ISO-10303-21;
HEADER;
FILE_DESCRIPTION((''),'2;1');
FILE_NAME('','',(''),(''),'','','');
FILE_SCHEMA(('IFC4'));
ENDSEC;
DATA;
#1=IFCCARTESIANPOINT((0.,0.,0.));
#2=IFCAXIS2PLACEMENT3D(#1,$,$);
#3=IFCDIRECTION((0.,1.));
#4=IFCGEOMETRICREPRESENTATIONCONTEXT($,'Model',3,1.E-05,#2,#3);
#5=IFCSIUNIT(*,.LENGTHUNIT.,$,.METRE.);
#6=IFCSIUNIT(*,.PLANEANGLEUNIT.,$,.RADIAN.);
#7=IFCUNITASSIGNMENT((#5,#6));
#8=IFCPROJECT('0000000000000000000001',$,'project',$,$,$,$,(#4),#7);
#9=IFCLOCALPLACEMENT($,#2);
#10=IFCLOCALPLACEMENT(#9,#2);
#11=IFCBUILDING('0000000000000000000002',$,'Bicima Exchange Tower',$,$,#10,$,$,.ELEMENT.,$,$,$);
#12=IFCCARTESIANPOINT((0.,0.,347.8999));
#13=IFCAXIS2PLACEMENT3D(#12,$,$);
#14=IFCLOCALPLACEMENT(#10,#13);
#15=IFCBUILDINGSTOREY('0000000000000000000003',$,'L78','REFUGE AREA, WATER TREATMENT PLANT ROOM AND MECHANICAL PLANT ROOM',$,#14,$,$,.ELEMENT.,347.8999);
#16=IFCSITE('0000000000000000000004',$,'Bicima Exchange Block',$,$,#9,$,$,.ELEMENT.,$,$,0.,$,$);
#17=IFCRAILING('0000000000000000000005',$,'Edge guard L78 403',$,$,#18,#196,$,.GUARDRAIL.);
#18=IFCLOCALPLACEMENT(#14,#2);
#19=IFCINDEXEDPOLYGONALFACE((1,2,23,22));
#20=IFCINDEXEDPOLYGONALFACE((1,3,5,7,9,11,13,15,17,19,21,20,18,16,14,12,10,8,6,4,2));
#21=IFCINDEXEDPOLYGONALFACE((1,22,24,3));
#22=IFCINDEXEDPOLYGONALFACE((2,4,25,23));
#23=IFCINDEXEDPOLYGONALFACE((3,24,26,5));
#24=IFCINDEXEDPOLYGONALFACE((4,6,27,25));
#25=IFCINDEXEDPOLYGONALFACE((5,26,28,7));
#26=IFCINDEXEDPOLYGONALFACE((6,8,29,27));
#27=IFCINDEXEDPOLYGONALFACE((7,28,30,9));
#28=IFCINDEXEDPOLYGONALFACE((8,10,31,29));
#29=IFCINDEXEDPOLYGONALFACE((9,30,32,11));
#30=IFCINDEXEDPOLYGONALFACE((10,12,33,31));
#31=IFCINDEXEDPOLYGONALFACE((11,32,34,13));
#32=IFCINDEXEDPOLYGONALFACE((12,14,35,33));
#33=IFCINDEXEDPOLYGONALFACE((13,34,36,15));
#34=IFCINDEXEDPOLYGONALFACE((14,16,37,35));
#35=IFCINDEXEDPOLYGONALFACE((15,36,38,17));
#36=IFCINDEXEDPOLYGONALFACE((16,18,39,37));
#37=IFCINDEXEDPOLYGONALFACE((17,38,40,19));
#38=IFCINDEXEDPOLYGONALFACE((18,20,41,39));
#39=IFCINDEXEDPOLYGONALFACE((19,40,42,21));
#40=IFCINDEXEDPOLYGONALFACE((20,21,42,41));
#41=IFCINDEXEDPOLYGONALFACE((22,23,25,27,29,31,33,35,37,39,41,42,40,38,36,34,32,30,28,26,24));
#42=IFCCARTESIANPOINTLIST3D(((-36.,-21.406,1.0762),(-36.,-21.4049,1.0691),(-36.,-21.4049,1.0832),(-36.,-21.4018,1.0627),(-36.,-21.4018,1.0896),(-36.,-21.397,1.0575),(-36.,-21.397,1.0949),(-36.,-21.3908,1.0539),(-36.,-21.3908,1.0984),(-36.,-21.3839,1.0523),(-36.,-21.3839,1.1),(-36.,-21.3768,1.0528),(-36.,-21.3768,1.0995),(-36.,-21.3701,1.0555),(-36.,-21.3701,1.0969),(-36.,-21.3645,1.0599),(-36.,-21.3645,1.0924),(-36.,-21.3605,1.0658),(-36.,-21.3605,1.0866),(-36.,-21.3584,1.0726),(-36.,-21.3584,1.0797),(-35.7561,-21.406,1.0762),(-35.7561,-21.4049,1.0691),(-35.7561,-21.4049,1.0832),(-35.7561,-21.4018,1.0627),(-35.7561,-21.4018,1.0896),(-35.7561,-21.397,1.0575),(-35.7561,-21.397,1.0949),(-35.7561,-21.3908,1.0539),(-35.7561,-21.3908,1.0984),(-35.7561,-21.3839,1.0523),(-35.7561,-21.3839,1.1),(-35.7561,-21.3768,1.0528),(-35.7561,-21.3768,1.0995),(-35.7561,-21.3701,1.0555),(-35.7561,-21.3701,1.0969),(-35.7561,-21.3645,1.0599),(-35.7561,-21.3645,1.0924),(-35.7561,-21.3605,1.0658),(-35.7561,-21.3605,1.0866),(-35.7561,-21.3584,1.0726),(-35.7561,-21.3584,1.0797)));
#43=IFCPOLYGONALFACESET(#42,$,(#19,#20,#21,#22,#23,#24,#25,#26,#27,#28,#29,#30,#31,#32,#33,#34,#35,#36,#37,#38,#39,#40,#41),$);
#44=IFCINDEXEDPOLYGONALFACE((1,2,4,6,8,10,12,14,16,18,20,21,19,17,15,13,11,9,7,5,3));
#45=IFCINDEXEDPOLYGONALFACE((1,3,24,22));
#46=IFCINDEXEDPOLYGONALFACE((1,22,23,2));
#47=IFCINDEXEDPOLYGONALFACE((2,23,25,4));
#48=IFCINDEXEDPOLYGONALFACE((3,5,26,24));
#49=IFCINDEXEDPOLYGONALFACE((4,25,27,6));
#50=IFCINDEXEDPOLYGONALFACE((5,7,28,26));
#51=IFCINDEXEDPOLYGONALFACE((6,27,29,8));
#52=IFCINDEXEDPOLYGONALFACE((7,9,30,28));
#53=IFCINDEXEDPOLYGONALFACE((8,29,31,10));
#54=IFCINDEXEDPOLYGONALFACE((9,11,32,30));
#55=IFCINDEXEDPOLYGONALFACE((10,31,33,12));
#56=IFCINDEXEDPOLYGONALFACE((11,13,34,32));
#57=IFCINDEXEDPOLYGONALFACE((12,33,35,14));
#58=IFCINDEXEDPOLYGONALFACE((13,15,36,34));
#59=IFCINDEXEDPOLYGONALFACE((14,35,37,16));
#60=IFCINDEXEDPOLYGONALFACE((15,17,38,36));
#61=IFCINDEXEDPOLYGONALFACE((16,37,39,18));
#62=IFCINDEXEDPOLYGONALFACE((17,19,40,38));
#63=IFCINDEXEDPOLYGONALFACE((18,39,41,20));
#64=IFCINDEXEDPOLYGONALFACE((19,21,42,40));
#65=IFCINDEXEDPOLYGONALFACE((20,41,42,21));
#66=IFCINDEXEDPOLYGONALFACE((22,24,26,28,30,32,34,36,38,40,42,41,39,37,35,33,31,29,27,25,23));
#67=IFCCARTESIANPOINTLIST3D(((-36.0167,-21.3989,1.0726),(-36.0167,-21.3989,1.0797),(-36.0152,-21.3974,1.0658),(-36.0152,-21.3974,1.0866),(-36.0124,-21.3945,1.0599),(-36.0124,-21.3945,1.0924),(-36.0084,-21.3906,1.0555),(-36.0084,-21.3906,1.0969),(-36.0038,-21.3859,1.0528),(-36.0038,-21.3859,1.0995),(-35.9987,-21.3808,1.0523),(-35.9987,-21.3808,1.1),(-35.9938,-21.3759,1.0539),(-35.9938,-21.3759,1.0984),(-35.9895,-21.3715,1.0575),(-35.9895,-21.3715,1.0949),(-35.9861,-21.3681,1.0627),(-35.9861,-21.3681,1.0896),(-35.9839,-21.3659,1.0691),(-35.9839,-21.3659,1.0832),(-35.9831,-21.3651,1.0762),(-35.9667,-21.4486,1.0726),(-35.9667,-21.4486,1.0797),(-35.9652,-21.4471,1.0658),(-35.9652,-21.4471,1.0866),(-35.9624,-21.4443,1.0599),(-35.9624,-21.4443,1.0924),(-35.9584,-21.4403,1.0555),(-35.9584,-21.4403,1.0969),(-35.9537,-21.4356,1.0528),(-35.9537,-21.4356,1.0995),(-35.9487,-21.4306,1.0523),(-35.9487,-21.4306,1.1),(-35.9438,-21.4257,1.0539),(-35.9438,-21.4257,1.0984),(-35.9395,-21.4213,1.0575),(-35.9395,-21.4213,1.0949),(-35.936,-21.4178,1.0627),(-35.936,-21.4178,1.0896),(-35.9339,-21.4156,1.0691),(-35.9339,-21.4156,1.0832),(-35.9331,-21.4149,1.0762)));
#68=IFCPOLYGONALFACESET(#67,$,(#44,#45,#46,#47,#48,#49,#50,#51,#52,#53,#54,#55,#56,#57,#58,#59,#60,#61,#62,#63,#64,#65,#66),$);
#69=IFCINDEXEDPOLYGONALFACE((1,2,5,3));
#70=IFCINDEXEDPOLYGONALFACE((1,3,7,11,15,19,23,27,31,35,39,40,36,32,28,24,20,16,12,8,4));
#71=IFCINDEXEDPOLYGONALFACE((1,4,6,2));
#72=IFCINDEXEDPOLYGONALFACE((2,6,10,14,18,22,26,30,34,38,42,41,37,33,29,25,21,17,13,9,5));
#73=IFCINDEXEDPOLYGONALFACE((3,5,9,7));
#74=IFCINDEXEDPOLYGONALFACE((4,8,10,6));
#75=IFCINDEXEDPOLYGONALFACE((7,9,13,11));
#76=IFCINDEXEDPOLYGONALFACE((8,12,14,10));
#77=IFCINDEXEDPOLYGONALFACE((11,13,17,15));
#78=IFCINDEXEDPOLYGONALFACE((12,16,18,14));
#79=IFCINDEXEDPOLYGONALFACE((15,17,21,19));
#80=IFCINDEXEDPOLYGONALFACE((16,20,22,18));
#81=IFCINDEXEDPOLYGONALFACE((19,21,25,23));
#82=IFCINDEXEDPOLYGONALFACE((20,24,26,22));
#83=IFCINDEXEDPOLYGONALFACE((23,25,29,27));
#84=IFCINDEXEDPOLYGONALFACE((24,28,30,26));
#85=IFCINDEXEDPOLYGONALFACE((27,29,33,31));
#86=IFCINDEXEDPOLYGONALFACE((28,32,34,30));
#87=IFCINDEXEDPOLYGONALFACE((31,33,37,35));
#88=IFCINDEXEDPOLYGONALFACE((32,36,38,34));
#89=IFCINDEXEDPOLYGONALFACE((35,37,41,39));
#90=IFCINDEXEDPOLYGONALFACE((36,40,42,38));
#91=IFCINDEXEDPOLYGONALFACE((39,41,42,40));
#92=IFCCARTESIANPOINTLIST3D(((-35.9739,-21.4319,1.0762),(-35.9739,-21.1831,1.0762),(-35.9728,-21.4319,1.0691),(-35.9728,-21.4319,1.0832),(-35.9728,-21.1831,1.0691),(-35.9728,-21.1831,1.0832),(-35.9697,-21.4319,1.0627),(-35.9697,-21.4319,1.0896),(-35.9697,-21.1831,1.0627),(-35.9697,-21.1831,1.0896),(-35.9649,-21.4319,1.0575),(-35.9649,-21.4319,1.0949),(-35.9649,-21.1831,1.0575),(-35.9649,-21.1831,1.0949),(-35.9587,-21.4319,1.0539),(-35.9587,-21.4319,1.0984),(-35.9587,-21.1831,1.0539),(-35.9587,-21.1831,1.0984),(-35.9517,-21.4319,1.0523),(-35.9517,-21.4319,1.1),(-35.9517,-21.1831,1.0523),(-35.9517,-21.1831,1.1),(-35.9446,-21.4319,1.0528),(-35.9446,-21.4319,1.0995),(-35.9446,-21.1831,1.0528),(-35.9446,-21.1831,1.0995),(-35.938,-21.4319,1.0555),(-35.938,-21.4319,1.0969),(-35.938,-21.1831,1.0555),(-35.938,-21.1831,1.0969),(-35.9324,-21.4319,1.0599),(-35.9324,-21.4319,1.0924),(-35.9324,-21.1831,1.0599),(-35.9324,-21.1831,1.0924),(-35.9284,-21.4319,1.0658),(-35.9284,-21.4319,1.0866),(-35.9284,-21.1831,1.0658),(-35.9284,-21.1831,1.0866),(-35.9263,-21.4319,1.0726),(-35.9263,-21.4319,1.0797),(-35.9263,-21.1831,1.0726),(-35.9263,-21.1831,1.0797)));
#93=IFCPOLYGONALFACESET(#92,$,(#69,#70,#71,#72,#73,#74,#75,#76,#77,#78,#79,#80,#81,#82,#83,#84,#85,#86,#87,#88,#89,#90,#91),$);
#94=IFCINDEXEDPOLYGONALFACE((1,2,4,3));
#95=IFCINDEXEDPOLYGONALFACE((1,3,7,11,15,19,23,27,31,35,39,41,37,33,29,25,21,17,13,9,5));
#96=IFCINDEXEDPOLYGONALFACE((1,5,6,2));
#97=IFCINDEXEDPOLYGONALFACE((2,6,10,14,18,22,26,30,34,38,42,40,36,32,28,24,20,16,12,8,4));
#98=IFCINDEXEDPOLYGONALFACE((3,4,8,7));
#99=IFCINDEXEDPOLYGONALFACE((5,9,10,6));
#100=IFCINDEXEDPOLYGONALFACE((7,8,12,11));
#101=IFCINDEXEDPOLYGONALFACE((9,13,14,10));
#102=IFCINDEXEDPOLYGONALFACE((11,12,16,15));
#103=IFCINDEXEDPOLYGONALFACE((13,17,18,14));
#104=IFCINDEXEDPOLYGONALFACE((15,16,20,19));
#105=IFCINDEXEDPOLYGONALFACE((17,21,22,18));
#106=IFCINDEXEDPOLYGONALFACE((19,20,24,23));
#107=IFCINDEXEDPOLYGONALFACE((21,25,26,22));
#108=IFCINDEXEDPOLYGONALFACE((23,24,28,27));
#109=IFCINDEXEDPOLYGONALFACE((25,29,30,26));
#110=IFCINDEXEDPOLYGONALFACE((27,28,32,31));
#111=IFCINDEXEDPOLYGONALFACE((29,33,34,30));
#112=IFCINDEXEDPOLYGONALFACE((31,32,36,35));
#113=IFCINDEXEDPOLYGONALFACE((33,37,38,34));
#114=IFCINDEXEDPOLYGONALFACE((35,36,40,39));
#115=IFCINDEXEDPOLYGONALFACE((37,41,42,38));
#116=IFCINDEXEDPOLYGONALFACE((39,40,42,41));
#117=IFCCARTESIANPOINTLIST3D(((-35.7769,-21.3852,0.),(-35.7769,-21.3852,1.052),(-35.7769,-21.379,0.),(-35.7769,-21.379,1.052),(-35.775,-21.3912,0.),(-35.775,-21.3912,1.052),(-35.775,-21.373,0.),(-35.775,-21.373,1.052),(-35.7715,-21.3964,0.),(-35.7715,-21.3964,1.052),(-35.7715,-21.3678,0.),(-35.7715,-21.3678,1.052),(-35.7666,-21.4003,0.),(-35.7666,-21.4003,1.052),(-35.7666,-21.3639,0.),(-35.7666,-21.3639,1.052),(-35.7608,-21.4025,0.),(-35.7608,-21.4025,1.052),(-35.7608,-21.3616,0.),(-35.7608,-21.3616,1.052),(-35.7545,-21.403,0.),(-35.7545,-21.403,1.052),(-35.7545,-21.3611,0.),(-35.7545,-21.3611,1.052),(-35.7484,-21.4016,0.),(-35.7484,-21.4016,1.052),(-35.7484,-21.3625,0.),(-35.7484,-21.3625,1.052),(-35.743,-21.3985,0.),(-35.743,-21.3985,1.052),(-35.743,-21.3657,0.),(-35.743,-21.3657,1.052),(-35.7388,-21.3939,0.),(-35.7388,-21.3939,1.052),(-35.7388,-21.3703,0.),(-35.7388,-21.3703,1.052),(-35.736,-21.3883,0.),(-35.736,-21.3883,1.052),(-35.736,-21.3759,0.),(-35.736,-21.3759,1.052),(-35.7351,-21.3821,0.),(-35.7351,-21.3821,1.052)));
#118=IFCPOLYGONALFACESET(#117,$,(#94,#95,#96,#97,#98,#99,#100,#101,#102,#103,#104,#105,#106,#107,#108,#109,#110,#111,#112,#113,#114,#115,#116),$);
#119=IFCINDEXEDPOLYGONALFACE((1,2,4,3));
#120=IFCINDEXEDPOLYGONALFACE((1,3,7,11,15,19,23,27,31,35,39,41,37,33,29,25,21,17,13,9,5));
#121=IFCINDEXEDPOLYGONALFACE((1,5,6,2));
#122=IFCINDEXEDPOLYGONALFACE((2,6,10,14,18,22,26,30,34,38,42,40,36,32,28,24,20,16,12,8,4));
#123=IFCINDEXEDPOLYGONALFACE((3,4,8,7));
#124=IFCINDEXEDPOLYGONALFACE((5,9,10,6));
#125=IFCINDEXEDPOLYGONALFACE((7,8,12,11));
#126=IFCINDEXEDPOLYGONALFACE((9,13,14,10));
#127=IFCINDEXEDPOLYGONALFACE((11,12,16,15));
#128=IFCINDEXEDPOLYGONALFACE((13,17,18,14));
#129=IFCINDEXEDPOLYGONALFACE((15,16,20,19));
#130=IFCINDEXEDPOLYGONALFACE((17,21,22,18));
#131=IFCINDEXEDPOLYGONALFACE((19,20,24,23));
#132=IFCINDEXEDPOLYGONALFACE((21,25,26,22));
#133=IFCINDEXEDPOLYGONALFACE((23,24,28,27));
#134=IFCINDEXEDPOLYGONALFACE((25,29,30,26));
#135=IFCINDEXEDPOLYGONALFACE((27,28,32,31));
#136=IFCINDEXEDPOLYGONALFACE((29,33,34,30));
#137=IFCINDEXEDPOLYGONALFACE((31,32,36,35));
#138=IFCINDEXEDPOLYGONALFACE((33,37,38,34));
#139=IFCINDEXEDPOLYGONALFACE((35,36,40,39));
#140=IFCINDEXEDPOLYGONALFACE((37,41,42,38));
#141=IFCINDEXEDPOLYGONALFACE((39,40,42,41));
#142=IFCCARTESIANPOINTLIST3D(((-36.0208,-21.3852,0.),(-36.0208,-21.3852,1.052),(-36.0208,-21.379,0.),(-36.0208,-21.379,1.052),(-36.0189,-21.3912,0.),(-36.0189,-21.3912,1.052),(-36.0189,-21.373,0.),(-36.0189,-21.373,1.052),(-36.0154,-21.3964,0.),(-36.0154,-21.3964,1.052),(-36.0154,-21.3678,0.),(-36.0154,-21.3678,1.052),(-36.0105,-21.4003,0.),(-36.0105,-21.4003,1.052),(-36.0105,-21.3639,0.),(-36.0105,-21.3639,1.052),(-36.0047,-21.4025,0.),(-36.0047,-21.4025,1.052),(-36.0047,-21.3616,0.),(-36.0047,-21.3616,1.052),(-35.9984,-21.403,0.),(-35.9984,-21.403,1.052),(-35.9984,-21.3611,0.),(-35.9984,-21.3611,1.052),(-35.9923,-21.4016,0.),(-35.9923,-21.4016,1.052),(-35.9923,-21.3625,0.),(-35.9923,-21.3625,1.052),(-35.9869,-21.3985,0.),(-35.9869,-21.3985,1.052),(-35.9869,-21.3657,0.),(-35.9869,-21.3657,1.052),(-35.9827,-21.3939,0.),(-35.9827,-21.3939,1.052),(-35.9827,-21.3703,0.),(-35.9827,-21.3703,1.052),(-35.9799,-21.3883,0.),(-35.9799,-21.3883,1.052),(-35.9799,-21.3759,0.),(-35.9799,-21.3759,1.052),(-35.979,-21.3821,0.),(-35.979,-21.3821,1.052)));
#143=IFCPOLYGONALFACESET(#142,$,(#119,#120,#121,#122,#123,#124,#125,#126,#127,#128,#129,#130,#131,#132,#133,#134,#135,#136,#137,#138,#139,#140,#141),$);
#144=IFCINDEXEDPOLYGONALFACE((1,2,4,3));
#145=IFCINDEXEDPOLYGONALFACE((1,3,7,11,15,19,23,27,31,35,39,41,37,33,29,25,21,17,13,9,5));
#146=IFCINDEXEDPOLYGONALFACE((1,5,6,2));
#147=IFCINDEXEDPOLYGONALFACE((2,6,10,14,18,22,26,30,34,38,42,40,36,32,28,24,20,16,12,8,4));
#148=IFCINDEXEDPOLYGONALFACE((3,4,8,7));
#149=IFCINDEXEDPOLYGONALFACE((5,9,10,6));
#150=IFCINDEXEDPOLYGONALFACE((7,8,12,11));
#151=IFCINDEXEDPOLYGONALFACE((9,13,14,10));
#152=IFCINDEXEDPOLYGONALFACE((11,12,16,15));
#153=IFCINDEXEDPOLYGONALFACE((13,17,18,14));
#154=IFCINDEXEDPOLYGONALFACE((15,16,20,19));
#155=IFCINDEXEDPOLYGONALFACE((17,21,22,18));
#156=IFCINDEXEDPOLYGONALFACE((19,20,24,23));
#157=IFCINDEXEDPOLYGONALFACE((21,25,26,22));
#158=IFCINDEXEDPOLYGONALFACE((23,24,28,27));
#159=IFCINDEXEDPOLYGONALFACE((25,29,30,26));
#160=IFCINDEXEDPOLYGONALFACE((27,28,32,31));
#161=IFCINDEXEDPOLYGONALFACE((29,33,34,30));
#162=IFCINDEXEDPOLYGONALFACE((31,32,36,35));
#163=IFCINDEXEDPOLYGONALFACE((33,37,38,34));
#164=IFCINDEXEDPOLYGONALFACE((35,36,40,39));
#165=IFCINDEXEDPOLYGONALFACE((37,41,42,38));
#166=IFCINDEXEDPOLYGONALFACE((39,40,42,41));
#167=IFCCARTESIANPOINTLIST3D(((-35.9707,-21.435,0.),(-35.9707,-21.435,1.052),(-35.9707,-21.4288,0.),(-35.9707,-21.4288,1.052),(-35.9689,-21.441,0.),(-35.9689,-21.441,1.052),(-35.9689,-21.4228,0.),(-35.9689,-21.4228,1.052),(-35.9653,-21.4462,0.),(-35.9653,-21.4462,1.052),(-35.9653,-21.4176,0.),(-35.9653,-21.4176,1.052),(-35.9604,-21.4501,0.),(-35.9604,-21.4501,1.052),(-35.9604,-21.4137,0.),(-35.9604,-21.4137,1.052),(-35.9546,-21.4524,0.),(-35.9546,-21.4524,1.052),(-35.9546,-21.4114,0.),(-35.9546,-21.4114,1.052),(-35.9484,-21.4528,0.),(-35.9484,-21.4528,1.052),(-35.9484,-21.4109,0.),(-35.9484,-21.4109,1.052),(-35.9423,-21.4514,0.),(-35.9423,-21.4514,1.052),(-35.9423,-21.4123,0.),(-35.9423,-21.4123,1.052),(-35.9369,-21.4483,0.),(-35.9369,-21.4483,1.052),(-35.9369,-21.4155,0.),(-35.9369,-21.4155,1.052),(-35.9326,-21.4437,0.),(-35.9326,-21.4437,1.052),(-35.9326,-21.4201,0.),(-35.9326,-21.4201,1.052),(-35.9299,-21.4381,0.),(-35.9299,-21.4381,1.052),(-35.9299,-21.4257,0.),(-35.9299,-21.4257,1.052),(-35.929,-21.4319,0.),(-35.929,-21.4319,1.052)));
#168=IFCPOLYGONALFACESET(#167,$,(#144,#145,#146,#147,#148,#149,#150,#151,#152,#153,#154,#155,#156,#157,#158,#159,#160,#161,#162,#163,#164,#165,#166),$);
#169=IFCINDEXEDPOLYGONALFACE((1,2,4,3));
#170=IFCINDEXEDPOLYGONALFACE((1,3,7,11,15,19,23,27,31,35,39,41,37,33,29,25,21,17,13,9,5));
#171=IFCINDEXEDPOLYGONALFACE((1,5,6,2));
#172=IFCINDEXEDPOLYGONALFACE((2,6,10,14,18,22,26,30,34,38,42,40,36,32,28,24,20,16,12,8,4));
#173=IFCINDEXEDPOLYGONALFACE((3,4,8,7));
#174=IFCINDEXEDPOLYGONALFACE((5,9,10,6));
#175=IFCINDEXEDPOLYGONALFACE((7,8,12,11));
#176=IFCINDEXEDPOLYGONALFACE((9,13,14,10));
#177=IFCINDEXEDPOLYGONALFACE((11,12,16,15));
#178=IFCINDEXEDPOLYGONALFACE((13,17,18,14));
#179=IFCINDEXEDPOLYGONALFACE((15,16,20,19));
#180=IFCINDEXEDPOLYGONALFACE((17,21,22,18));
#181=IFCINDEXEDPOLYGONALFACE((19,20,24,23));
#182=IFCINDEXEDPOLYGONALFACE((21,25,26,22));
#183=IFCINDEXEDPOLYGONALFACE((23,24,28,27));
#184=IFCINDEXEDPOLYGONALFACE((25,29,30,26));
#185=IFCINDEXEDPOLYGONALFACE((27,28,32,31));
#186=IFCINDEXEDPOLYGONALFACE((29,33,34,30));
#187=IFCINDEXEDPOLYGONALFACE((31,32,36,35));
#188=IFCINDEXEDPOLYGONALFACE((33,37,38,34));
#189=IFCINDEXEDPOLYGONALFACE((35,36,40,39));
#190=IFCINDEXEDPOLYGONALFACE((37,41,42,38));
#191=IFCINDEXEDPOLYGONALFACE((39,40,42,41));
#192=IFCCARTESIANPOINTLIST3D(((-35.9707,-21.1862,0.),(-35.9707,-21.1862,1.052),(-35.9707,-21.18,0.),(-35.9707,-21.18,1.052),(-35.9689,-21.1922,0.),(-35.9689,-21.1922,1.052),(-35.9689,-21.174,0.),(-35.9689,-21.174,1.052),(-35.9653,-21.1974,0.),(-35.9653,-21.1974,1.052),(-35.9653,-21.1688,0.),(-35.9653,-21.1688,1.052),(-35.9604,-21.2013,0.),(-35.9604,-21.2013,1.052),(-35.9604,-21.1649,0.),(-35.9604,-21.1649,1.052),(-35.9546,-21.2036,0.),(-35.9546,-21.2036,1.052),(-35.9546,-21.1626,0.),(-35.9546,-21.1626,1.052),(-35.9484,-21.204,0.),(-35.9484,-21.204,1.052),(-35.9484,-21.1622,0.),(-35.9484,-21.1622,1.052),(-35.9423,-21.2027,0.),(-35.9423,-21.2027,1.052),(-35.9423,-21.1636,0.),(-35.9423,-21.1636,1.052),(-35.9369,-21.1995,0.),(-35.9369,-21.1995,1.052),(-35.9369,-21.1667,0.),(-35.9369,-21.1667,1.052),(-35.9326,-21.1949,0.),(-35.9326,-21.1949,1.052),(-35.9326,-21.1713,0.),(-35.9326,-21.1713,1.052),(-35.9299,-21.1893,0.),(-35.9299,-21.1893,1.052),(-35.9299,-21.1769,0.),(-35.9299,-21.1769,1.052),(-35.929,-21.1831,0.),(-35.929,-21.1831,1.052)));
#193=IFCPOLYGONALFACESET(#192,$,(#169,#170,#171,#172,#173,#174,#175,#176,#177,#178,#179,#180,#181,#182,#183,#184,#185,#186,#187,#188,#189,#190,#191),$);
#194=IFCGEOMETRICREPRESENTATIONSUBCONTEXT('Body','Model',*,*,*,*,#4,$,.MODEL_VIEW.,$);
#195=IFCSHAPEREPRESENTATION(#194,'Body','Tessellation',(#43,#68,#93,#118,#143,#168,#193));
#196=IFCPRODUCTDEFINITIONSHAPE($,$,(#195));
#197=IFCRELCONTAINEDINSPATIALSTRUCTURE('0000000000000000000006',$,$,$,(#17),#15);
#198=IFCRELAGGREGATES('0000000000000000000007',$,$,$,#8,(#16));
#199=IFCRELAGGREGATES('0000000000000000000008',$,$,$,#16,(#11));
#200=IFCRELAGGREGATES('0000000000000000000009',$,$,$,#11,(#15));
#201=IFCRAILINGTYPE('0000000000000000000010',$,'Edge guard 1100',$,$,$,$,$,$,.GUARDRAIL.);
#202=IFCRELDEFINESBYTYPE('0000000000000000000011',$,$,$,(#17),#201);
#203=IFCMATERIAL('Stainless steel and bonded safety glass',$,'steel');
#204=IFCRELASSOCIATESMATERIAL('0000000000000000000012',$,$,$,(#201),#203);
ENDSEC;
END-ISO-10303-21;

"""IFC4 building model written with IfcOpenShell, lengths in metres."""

from ifc_helpers import new_model, si_unit, direction, frame, origin, origin_2d, place, context, subcontext, project, spatial, circle, extrude, material, type_object, element, save


model = new_model("IFC4")

# Units and contexts
model_context = context("Model", 3, precision=1e-05, world=origin(), true_north=direction((0.0, 1.0)))
body_context = subcontext(model_context, "Body", "Model", "MODEL_VIEW")
ifc_project = project(units=[si_unit("LENGTHUNIT", "METRE"), si_unit("PLANEANGLEUNIT", "RADIAN")], contexts=[model_context])

# Site, building, storey
site_placement = place(None, origin())
site = spatial("IfcSite", under=ifc_project, at=site_placement, Name="Bicima Exchange Block", CompositionType="ELEMENT", RefElevation=0.0)
building_placement = place(site_placement, origin())
building = spatial("IfcBuilding", under=site, at=building_placement, Name="Bicima Exchange Tower", CompositionType="ELEMENT")
storey_placement = place(building_placement, frame((0.0, 0.0, 347.8999)))
storey = spatial("IfcBuildingStorey", under=building, at=storey_placement, Name="L78", Description="REFUGE AREA, WATER TREATMENT PLANT ROOM AND MECHANICAL PLANT ROOM", CompositionType="ELEMENT", Elevation=347.8999)

# Railing
ifc_material_1 = material(Name="Stainless steel and bonded safety glass", Category="steel")
railing_type = type_object("IfcRailingType", Name="Edge guard 1100", PredefinedType="GUARDRAIL", material=ifc_material_1)
railing_1_placement = place(storey_placement, frame((-35.7561, -21.3821, 0.0)))
element("IfcRailing", 1, at=railing_1_placement, inside=storey, type_object=railing_type, Name="Edge guard L78 403", PredefinedType="GUARDRAIL", context=body_context, shape_type="SweptSolid", body=[
    extrude(circle(Radius=0.0239, at=origin_2d()), frame((0.0, 0.0, 1.0762), z_axis=(-1.0, 0.0, 0.0), x_axis=(0.0, -1.0, 0.0)), (0.0, 0.0, 1.0), 0.2439),
    extrude(circle(Radius=0.0239, at=origin_2d()), frame((-0.2439, 0.0, 1.0762), z_axis=(0.708834, -0.705376, 0.0), x_axis=(0.705376, 0.708834, 0.0)), (0.0, 0.0, 1.0), 0.0706),
    extrude(circle(Radius=0.0239, at=origin_2d()), frame((-0.1938, -0.0498, 1.0762), z_axis=(0.0, 1.0, 0.0), x_axis=(-1.0, 0.0, 0.0)), (0.0, 0.0, 1.0), 0.2488),
    extrude(circle(Radius=0.021, at=origin_2d()), origin(), (0.0, 0.0, 1.0), 1.052),
    extrude(circle(Radius=0.021, at=origin_2d()), frame((-0.2439, 0.0, 0.0)), (0.0, 0.0, 1.0), 1.052),
    extrude(circle(Radius=0.021, at=origin_2d()), frame((-0.1938, -0.0498, 0.0)), (0.0, 0.0, 1.0), 1.052),
    extrude(circle(Radius=0.021, at=origin_2d()), frame((-0.1938, 0.199, 0.0)), (0.0, 0.0, 1.0), 1.052),
])

save(model, "model.ifc")
